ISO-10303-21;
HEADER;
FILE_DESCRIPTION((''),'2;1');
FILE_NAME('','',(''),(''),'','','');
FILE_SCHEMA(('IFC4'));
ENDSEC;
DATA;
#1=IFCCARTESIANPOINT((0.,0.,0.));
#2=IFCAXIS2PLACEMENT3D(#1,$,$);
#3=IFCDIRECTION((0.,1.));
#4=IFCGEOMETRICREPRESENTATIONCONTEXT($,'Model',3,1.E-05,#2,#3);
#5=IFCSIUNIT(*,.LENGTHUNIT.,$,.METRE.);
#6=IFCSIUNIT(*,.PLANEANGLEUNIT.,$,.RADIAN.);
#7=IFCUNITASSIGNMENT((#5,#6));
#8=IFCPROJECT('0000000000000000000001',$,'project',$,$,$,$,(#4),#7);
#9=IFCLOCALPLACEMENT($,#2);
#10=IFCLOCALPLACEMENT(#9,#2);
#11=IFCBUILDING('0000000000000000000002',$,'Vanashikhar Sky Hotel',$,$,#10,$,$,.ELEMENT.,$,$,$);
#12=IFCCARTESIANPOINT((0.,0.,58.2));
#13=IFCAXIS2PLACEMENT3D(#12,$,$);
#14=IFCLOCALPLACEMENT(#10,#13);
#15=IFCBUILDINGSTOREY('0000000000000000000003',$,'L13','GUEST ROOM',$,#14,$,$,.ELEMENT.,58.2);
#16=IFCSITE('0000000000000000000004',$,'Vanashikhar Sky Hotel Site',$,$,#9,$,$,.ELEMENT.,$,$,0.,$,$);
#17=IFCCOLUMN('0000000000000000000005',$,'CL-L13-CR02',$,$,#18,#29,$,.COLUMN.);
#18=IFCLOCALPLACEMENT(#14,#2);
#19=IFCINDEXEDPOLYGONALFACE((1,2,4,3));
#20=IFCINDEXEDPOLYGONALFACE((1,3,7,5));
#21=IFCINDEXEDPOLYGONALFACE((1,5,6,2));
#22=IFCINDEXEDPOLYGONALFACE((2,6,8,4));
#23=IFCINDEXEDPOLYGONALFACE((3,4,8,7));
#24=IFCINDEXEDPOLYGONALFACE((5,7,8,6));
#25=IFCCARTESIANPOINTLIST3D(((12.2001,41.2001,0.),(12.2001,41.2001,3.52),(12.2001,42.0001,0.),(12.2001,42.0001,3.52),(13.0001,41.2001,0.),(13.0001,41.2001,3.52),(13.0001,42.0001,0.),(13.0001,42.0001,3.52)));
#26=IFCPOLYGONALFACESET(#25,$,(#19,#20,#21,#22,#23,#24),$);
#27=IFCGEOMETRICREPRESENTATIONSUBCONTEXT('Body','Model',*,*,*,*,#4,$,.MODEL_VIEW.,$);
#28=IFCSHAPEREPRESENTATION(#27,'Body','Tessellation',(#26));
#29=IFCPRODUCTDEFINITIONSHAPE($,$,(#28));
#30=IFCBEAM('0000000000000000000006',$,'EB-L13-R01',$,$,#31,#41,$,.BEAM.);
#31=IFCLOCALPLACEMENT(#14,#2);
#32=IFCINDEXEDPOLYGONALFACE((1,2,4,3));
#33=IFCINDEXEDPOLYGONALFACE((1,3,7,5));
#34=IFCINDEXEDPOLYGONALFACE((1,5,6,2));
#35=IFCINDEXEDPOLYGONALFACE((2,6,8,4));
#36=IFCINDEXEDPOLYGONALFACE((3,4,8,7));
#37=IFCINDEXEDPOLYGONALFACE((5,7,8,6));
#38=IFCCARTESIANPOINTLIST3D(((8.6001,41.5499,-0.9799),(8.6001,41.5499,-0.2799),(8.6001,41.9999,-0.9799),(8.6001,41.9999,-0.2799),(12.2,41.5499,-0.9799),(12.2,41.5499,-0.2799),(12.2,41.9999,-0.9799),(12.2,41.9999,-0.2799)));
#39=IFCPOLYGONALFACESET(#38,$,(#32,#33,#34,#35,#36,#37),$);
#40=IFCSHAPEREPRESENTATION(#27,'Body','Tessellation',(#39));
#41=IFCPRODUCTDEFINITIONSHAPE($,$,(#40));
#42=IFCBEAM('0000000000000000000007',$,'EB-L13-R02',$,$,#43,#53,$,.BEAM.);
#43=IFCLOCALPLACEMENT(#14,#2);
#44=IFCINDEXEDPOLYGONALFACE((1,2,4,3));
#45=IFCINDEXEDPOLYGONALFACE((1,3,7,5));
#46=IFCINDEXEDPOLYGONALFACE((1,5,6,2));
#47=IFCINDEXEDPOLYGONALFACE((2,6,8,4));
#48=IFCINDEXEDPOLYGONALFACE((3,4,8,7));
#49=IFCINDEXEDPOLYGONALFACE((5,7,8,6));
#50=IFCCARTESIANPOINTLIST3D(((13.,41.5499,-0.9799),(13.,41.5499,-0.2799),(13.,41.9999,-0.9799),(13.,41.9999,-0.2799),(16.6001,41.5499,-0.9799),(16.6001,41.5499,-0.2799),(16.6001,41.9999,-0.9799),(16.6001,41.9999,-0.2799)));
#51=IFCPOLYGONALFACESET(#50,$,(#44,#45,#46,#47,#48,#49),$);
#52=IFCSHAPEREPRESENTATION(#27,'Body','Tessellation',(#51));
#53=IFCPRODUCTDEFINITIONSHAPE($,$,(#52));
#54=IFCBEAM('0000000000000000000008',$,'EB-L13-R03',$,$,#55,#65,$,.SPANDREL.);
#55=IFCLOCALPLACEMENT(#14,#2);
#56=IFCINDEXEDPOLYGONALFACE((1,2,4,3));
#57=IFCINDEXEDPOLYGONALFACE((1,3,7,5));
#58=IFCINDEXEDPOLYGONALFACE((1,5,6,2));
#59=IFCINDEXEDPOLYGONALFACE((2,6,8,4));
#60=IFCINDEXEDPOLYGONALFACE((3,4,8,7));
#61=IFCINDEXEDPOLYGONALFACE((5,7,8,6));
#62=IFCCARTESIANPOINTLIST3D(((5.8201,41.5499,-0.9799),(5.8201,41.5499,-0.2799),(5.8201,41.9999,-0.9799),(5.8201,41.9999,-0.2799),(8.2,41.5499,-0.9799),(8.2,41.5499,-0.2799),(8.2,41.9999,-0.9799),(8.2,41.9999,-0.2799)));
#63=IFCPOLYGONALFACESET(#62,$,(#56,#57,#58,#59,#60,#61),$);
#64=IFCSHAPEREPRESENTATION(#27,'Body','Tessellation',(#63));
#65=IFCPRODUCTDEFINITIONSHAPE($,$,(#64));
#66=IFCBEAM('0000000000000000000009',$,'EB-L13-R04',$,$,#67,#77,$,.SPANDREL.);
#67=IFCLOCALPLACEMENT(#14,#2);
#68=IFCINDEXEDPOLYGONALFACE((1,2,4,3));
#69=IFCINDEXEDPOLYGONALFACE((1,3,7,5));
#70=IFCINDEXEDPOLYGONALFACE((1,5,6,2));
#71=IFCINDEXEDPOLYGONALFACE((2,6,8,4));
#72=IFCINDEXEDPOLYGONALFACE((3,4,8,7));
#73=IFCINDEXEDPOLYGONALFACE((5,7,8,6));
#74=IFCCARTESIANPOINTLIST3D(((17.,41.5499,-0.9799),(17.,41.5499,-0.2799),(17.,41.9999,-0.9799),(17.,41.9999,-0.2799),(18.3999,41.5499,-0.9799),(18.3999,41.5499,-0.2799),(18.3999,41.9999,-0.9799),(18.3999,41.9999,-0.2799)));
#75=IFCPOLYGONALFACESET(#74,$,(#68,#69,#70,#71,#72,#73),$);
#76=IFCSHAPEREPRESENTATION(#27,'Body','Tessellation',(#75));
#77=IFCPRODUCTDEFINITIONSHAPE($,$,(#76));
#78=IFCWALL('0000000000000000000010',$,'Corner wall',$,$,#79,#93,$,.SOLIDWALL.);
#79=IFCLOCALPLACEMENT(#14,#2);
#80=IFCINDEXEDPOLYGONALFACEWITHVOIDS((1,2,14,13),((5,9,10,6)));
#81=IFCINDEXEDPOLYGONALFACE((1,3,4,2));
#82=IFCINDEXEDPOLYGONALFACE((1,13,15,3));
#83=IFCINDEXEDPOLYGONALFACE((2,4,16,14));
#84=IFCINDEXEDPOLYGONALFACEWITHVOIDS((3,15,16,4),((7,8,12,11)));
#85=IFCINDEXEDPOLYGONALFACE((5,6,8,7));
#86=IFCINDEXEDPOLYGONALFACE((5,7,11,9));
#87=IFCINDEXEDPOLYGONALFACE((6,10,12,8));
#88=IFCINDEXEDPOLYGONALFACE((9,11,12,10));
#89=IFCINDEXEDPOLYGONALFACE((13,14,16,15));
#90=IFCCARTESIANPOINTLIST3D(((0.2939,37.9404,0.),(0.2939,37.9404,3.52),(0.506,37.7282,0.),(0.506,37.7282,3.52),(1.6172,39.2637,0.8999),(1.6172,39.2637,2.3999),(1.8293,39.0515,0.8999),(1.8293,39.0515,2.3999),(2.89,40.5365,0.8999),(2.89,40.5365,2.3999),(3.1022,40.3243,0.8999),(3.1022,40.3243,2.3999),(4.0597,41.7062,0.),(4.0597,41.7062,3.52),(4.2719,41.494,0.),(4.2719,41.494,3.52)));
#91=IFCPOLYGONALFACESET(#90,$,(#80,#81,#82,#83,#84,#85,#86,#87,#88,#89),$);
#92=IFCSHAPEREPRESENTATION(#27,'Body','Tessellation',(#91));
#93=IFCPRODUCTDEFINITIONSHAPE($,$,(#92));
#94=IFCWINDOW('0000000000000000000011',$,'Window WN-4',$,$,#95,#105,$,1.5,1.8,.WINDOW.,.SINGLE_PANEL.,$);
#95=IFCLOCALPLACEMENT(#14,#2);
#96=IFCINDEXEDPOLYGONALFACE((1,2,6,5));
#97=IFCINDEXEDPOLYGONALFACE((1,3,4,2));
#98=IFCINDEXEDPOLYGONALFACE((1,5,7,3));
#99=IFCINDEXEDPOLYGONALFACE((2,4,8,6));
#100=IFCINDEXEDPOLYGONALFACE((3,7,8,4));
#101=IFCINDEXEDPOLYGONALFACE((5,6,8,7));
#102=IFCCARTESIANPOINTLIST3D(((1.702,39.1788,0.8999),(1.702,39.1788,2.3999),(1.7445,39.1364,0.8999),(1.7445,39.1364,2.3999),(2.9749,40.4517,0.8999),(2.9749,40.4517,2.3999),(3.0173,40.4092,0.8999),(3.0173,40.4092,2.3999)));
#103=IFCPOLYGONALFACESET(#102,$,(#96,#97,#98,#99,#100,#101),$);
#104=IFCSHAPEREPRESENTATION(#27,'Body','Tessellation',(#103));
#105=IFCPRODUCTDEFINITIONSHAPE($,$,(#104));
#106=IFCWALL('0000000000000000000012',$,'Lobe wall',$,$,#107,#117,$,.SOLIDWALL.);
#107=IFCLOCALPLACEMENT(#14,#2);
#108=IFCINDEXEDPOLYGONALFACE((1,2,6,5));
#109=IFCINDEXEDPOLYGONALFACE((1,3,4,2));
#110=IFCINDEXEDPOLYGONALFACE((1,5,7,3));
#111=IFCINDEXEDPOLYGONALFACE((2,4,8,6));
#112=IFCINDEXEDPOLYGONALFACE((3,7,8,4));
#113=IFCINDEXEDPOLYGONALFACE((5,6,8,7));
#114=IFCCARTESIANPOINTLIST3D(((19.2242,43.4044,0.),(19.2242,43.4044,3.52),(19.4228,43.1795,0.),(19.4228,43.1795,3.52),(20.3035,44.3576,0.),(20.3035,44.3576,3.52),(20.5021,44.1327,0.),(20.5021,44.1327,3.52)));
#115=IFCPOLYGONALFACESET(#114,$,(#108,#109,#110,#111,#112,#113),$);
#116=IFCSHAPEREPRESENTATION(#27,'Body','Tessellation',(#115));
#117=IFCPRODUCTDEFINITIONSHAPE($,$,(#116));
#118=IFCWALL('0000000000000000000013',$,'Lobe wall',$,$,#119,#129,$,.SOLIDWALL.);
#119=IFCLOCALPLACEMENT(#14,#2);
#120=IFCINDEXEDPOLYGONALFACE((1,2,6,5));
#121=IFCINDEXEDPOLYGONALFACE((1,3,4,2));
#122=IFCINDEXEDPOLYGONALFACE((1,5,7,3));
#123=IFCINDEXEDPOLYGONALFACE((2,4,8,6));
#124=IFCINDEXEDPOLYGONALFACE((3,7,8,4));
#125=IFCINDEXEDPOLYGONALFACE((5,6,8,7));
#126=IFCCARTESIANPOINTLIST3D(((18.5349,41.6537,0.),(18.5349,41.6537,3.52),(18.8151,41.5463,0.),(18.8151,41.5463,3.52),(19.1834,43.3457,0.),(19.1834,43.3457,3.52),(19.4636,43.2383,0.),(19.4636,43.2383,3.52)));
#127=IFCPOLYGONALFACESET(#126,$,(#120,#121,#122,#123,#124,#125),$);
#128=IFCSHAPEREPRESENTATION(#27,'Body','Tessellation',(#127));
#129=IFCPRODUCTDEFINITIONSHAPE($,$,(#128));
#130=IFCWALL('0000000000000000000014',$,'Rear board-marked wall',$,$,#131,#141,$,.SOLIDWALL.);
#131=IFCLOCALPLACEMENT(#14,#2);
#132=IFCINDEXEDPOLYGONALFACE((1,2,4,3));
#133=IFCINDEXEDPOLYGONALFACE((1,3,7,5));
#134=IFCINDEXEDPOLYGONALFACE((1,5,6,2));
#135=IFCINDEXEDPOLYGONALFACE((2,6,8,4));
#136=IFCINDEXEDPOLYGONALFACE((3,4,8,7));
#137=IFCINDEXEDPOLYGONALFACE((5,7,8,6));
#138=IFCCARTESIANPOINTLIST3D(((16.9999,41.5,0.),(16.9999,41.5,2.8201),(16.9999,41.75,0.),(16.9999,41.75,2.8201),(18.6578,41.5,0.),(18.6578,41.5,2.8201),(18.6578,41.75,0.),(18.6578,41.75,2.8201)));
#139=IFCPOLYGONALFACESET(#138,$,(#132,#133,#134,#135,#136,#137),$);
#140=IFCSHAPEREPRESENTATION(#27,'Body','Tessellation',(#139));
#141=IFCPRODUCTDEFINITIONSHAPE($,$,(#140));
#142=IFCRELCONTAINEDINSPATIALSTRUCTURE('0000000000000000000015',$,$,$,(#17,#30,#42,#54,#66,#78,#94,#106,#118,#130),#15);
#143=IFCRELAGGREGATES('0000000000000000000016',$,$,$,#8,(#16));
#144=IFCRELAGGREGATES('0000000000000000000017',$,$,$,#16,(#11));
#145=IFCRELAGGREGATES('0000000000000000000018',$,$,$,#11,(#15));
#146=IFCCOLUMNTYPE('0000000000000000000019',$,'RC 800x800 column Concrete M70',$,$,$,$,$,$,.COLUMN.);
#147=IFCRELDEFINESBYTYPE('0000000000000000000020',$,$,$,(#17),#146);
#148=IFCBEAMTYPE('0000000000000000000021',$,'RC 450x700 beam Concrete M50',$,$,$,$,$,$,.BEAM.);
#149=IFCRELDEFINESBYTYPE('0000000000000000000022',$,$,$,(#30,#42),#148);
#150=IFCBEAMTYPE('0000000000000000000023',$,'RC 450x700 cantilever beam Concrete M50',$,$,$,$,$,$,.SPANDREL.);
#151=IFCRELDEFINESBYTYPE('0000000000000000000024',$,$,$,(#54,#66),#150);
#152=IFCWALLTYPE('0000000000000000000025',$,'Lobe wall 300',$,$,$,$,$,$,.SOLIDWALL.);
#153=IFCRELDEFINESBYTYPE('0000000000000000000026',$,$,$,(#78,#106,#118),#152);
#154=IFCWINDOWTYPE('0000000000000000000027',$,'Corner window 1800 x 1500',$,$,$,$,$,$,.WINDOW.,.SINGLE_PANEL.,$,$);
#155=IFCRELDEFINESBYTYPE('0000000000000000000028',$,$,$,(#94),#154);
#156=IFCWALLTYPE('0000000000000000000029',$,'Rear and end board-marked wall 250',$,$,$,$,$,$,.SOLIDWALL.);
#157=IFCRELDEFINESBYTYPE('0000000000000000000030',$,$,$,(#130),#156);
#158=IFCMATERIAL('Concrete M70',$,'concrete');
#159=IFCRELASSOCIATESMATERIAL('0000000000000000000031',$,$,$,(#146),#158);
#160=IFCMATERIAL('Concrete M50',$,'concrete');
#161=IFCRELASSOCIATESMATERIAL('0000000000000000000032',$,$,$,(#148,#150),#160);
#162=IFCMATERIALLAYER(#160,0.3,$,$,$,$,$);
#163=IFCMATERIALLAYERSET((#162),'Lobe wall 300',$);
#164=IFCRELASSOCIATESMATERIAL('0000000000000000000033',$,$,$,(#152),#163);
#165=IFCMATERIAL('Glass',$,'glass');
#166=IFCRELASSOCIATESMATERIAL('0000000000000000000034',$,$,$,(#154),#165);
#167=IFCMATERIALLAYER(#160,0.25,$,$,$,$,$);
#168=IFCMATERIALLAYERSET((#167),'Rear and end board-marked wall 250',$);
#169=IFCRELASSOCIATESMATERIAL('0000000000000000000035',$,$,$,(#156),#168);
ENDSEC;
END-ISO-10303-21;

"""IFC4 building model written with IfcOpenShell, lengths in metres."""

from ifc_helpers import new_model, si_unit, direction, frame, frame_2d, origin, origin_2d, place, context, subcontext, project, spatial, rectangle, extrude, source, transform, mapped, material, layer, layer_set, material_profile, profile_set, type_object, element, fill, save


model = new_model("IFC4")

# Units and contexts
model_context = context("Model", 3, precision=1e-05, world=origin(), true_north=direction((0.0, 1.0)))
body_context = subcontext(model_context, "Body", "Model", "MODEL_VIEW")
ifc_project = project(units=[si_unit("LENGTHUNIT", "METRE"), si_unit("PLANEANGLEUNIT", "RADIAN")], contexts=[model_context])

# Site, building, storey
site_placement = place(None, origin())
site = spatial("IfcSite", under=ifc_project, at=site_placement, Name="Vanashikhar Sky Hotel Site", CompositionType="ELEMENT", RefElevation=0.0)
building_placement = place(site_placement, origin())
building = spatial("IfcBuilding", under=site, at=building_placement, Name="Vanashikhar Sky Hotel", CompositionType="ELEMENT")
storey_placement = place(building_placement, frame((0.0, 0.0, 58.2)))
storey = spatial("IfcBuildingStorey", under=building, at=storey_placement, Name="L13", Description="GUEST ROOM", CompositionType="ELEMENT", Elevation=58.2)

# Column
ifc_material_1 = material(Name="Concrete M70", Category="concrete")
ifc_material_profile_1 = material_profile(ifc_material_1, rectangle(XDim=0.8, YDim=0.8, at=origin_2d()))
ifc_profile_set_1 = profile_set([ifc_material_profile_1], Name="RC 800x800 column Concrete M70")
column_type = type_object("IfcColumnType", Name="RC 800x800 column Concrete M70", PredefinedType="COLUMN", material=ifc_profile_set_1)
shared_shape_1 = source(origin(), body_context, "Body", "SweptSolid", [
    extrude(rectangle(XDim=0.8, YDim=0.8, at=origin_2d()), origin(), (0.0, 0.0, 1.0), 3.52),
])
column_placement = place(storey_placement, frame((12.6001, 41.6001, 0.0), z_axis=(0.0, 0.0, 1.0), x_axis=(1.0, 0.0, 0.0)))
element("IfcColumn", 1, at=column_placement, inside=storey, type_object=column_type, Name="CL-L13-CR02", PredefinedType="COLUMN", context=body_context, shape_type="MappedRepresentation", body=[
    mapped(shared_shape_1, transform((0.0, 0.0, 0.0), scale=1.0)),
])

# Beams
ifc_material_2 = material(Name="Concrete M50", Category="concrete")
ifc_material_profile_2 = material_profile(ifc_material_2, rectangle(XDim=0.45, YDim=0.7, at=origin_2d()))
ifc_profile_set_2 = profile_set([ifc_material_profile_2], Name="RC 450x700 beam Concrete M50")
beam_type_1 = type_object("IfcBeamType", Name="RC 450x700 beam Concrete M50", PredefinedType="BEAM", material=ifc_profile_set_2)
shared_shape_2 = source(origin(), body_context, "Body", "SweptSolid", [
    extrude(rectangle(XDim=0.45, YDim=0.7, at=origin_2d()), origin(), (0.0, 0.0, 1.0), 3.5999),
])
beam_1_placement = place(storey_placement, frame((8.6001, 41.7749, -0.6299), z_axis=(1.0, 0.0, 0.0), x_axis=(0.0, 1.0, 0.0)))
element("IfcBeam", 2, at=beam_1_placement, inside=storey, type_object=beam_type_1, Name="EB-L13-R01", PredefinedType="BEAM", context=body_context, shape_type="MappedRepresentation", body=[
    mapped(shared_shape_2, transform((0.0, 0.0, 0.0), scale=1.0)),
])
shared_shape_3 = source(origin(), body_context, "Body", "SweptSolid", [
    extrude(rectangle(XDim=0.45, YDim=0.7, at=origin_2d()), origin(), (0.0, 0.0, 1.0), 3.6001),
])
beam_2_placement = place(storey_placement, frame((13.0, 41.7749, -0.6299), z_axis=(1.0, 0.0, 0.0), x_axis=(0.0, 1.0, 0.0)))
element("IfcBeam", 3, at=beam_2_placement, inside=storey, type_object=beam_type_1, Name="EB-L13-R02", PredefinedType="BEAM", context=body_context, shape_type="MappedRepresentation", body=[
    mapped(shared_shape_3, transform((0.0, 0.0, 0.0), scale=1.0)),
])
ifc_material_profile_3 = material_profile(ifc_material_2, rectangle(XDim=0.45, YDim=0.7, at=origin_2d()))
ifc_profile_set_3 = profile_set([ifc_material_profile_3], Name="RC 450x700 cantilever beam Concrete M50")
beam_type_2 = type_object("IfcBeamType", Name="RC 450x700 cantilever beam Concrete M50", PredefinedType="SPANDREL", material=ifc_profile_set_3)
shared_shape_4 = source(origin(), body_context, "Body", "SweptSolid", [
    extrude(rectangle(XDim=0.45, YDim=0.7, at=origin_2d()), origin(), (0.0, 0.0, 1.0), 2.3799),
])
beam_3_placement = place(storey_placement, frame((5.8201, 41.7749, -0.6299), z_axis=(1.0, 0.0, 0.0), x_axis=(0.0, 1.0, 0.0)))
element("IfcBeam", 4, at=beam_3_placement, inside=storey, type_object=beam_type_2, Name="EB-L13-R03", PredefinedType="SPANDREL", context=body_context, shape_type="MappedRepresentation", body=[
    mapped(shared_shape_4, transform((0.0, 0.0, 0.0), scale=1.0)),
])
shared_shape_5 = source(origin(), body_context, "Body", "SweptSolid", [
    extrude(rectangle(XDim=0.45, YDim=0.7, at=origin_2d()), origin(), (0.0, 0.0, 1.0), 1.3999),
])
beam_4_placement = place(storey_placement, frame((17.0, 41.7749, -0.6299), z_axis=(1.0, 0.0, 0.0), x_axis=(0.0, 1.0, 0.0)))
element("IfcBeam", 5, at=beam_4_placement, inside=storey, type_object=beam_type_2, Name="EB-L13-R04", PredefinedType="SPANDREL", context=body_context, shape_type="MappedRepresentation", body=[
    mapped(shared_shape_5, transform((0.0, 0.0, 0.0), scale=1.0)),
])

# Wall, opening, window
ifc_layer_1 = layer(ifc_material_2, 0.3)
ifc_layer_set_1 = layer_set([ifc_layer_1], Name="Lobe wall 300")
wall_type_1 = type_object("IfcWallType", Name="Lobe wall 300", PredefinedType="SOLIDWALL", material=ifc_layer_set_1)
shared_shape_6 = source(origin(), body_context, "Body", "SweptSolid", [
    extrude(rectangle(XDim=5.3257, YDim=0.3, at=frame_2d((2.6628, 0.0))), origin(), (0.0, 0.0, 1.0), 3.52),
])
wall_1_placement = place(storey_placement, frame((4.1658, 41.6001, 0.0), z_axis=(0.0, 0.0, 1.0), x_axis=(-0.707107, -0.707107, 0.0)))
wall_1 = element("IfcWall", 6, at=wall_1_placement, inside=storey, type_object=wall_type_1, Name="Corner wall", PredefinedType="SOLIDWALL", context=body_context, shape_type="MappedRepresentation", body=[
    mapped(shared_shape_6, transform((0.0, 0.0, 0.0), scale=1.0)),
])
shared_shape_7 = source(origin(), body_context, "Body", "SweptSolid", [
    extrude(rectangle(XDim=1.8, YDim=1.5, at=frame_2d((0.8999, 0.75))), frame((0.0, 0.1602, 0.0), z_axis=(0.0, -1.0, 0.0), x_axis=(1.0, 0.0, 0.0)), (0.0, 0.0, 1.0), 0.3201),
])
opening_1_placement = place(wall_1_placement, frame((1.6543, 0.0, 0.8999)))
opening_1 = element("IfcOpeningElement", 7, at=opening_1_placement, cuts=wall_1, PredefinedType="OPENING", context=body_context, shape_type="MappedRepresentation", body=[
    mapped(shared_shape_7, transform((0.0, 0.0, 0.0), scale=1.0)),
])
ifc_material_3 = material(Name="Glass", Category="glass")
window_type_1 = type_object("IfcWindowType", Name="Corner window 1800 x 1500", PartitioningType="SINGLE_PANEL", PredefinedType="WINDOW", material=ifc_material_3)
shared_shape_8 = source(origin(), body_context, "Body", "SweptSolid", [
    extrude(rectangle(XDim=1.8, YDim=1.5, at=frame_2d((0.8999, 0.75))), frame((0.0, 0.03, 0.0), z_axis=(0.0, -1.0, 0.0), x_axis=(1.0, 0.0, 0.0)), (0.0, 0.0, 1.0), 0.0601),
])
window_1_placement = place(opening_1_placement, origin())
window_1 = element("IfcWindow", 8, at=window_1_placement, inside=storey, type_object=window_type_1, Name="Window WN-4", OverallHeight=1.5, OverallWidth=1.8, PartitioningType="SINGLE_PANEL", PredefinedType="WINDOW", context=body_context, shape_type="MappedRepresentation", body=[
    mapped(shared_shape_8, transform((0.0, 0.0, 0.0), scale=1.0)),
])
fill(opening_1, window_1)

# Walls
shared_shape_9 = source(origin(), body_context, "Body", "SweptSolid", [
    extrude(rectangle(XDim=1.4399, YDim=0.3, at=frame_2d((0.72, 0.0))), origin(), (0.0, 0.0, 1.0), 3.52),
])
wall_2_placement = place(storey_placement, frame((20.4028, 44.2451, 0.0), z_axis=(0.0, 0.0, 1.0), x_axis=(-0.749576, -0.661919, 0.0)))
element("IfcWall", 9, at=wall_2_placement, inside=storey, type_object=wall_type_1, Name="Lobe wall", PredefinedType="SOLIDWALL", context=body_context, shape_type="MappedRepresentation", body=[
    mapped(shared_shape_9, transform((0.0, 0.0, 0.0), scale=1.0)),
])
shared_shape_10 = source(origin(), body_context, "Body", "SweptSolid", [
    extrude(rectangle(XDim=1.812, YDim=0.3, at=frame_2d((0.906, 0.0))), origin(), (0.0, 0.0, 1.0), 3.52),
])
wall_3_placement = place(storey_placement, frame((19.3235, 43.292, 0.0), z_axis=(0.0, 0.0, 1.0), x_axis=(-0.357877, -0.933769, 0.0)))
element("IfcWall", 10, at=wall_3_placement, inside=storey, type_object=wall_type_1, Name="Lobe wall", PredefinedType="SOLIDWALL", context=body_context, shape_type="MappedRepresentation", body=[
    mapped(shared_shape_10, transform((0.0, 0.0, 0.0), scale=1.0)),
])
ifc_layer_2 = layer(ifc_material_2, 0.25)
ifc_layer_set_2 = layer_set([ifc_layer_2], Name="Rear and end board-marked wall 250")
wall_type_2 = type_object("IfcWallType", Name="Rear and end board-marked wall 250", PredefinedType="SOLIDWALL", material=ifc_layer_set_2)
shared_shape_11 = source(origin(), body_context, "Body", "SweptSolid", [
    extrude(rectangle(XDim=1.658, YDim=0.25, at=frame_2d((0.8291, 0.0))), origin(), (0.0, 0.0, 1.0), 2.8201),
])
wall_4_placement = place(storey_placement, frame((18.658, 41.625, 0.0), z_axis=(0.0, 0.0, 1.0), x_axis=(-1.0, 0.0, 0.0)))
element("IfcWall", 11, at=wall_4_placement, inside=storey, type_object=wall_type_2, Name="Rear board-marked wall", PredefinedType="SOLIDWALL", context=body_context, shape_type="MappedRepresentation", body=[
    mapped(shared_shape_11, transform((0.0, 0.0, 0.0), scale=1.0)),
])

save(model, "model.ifc")
